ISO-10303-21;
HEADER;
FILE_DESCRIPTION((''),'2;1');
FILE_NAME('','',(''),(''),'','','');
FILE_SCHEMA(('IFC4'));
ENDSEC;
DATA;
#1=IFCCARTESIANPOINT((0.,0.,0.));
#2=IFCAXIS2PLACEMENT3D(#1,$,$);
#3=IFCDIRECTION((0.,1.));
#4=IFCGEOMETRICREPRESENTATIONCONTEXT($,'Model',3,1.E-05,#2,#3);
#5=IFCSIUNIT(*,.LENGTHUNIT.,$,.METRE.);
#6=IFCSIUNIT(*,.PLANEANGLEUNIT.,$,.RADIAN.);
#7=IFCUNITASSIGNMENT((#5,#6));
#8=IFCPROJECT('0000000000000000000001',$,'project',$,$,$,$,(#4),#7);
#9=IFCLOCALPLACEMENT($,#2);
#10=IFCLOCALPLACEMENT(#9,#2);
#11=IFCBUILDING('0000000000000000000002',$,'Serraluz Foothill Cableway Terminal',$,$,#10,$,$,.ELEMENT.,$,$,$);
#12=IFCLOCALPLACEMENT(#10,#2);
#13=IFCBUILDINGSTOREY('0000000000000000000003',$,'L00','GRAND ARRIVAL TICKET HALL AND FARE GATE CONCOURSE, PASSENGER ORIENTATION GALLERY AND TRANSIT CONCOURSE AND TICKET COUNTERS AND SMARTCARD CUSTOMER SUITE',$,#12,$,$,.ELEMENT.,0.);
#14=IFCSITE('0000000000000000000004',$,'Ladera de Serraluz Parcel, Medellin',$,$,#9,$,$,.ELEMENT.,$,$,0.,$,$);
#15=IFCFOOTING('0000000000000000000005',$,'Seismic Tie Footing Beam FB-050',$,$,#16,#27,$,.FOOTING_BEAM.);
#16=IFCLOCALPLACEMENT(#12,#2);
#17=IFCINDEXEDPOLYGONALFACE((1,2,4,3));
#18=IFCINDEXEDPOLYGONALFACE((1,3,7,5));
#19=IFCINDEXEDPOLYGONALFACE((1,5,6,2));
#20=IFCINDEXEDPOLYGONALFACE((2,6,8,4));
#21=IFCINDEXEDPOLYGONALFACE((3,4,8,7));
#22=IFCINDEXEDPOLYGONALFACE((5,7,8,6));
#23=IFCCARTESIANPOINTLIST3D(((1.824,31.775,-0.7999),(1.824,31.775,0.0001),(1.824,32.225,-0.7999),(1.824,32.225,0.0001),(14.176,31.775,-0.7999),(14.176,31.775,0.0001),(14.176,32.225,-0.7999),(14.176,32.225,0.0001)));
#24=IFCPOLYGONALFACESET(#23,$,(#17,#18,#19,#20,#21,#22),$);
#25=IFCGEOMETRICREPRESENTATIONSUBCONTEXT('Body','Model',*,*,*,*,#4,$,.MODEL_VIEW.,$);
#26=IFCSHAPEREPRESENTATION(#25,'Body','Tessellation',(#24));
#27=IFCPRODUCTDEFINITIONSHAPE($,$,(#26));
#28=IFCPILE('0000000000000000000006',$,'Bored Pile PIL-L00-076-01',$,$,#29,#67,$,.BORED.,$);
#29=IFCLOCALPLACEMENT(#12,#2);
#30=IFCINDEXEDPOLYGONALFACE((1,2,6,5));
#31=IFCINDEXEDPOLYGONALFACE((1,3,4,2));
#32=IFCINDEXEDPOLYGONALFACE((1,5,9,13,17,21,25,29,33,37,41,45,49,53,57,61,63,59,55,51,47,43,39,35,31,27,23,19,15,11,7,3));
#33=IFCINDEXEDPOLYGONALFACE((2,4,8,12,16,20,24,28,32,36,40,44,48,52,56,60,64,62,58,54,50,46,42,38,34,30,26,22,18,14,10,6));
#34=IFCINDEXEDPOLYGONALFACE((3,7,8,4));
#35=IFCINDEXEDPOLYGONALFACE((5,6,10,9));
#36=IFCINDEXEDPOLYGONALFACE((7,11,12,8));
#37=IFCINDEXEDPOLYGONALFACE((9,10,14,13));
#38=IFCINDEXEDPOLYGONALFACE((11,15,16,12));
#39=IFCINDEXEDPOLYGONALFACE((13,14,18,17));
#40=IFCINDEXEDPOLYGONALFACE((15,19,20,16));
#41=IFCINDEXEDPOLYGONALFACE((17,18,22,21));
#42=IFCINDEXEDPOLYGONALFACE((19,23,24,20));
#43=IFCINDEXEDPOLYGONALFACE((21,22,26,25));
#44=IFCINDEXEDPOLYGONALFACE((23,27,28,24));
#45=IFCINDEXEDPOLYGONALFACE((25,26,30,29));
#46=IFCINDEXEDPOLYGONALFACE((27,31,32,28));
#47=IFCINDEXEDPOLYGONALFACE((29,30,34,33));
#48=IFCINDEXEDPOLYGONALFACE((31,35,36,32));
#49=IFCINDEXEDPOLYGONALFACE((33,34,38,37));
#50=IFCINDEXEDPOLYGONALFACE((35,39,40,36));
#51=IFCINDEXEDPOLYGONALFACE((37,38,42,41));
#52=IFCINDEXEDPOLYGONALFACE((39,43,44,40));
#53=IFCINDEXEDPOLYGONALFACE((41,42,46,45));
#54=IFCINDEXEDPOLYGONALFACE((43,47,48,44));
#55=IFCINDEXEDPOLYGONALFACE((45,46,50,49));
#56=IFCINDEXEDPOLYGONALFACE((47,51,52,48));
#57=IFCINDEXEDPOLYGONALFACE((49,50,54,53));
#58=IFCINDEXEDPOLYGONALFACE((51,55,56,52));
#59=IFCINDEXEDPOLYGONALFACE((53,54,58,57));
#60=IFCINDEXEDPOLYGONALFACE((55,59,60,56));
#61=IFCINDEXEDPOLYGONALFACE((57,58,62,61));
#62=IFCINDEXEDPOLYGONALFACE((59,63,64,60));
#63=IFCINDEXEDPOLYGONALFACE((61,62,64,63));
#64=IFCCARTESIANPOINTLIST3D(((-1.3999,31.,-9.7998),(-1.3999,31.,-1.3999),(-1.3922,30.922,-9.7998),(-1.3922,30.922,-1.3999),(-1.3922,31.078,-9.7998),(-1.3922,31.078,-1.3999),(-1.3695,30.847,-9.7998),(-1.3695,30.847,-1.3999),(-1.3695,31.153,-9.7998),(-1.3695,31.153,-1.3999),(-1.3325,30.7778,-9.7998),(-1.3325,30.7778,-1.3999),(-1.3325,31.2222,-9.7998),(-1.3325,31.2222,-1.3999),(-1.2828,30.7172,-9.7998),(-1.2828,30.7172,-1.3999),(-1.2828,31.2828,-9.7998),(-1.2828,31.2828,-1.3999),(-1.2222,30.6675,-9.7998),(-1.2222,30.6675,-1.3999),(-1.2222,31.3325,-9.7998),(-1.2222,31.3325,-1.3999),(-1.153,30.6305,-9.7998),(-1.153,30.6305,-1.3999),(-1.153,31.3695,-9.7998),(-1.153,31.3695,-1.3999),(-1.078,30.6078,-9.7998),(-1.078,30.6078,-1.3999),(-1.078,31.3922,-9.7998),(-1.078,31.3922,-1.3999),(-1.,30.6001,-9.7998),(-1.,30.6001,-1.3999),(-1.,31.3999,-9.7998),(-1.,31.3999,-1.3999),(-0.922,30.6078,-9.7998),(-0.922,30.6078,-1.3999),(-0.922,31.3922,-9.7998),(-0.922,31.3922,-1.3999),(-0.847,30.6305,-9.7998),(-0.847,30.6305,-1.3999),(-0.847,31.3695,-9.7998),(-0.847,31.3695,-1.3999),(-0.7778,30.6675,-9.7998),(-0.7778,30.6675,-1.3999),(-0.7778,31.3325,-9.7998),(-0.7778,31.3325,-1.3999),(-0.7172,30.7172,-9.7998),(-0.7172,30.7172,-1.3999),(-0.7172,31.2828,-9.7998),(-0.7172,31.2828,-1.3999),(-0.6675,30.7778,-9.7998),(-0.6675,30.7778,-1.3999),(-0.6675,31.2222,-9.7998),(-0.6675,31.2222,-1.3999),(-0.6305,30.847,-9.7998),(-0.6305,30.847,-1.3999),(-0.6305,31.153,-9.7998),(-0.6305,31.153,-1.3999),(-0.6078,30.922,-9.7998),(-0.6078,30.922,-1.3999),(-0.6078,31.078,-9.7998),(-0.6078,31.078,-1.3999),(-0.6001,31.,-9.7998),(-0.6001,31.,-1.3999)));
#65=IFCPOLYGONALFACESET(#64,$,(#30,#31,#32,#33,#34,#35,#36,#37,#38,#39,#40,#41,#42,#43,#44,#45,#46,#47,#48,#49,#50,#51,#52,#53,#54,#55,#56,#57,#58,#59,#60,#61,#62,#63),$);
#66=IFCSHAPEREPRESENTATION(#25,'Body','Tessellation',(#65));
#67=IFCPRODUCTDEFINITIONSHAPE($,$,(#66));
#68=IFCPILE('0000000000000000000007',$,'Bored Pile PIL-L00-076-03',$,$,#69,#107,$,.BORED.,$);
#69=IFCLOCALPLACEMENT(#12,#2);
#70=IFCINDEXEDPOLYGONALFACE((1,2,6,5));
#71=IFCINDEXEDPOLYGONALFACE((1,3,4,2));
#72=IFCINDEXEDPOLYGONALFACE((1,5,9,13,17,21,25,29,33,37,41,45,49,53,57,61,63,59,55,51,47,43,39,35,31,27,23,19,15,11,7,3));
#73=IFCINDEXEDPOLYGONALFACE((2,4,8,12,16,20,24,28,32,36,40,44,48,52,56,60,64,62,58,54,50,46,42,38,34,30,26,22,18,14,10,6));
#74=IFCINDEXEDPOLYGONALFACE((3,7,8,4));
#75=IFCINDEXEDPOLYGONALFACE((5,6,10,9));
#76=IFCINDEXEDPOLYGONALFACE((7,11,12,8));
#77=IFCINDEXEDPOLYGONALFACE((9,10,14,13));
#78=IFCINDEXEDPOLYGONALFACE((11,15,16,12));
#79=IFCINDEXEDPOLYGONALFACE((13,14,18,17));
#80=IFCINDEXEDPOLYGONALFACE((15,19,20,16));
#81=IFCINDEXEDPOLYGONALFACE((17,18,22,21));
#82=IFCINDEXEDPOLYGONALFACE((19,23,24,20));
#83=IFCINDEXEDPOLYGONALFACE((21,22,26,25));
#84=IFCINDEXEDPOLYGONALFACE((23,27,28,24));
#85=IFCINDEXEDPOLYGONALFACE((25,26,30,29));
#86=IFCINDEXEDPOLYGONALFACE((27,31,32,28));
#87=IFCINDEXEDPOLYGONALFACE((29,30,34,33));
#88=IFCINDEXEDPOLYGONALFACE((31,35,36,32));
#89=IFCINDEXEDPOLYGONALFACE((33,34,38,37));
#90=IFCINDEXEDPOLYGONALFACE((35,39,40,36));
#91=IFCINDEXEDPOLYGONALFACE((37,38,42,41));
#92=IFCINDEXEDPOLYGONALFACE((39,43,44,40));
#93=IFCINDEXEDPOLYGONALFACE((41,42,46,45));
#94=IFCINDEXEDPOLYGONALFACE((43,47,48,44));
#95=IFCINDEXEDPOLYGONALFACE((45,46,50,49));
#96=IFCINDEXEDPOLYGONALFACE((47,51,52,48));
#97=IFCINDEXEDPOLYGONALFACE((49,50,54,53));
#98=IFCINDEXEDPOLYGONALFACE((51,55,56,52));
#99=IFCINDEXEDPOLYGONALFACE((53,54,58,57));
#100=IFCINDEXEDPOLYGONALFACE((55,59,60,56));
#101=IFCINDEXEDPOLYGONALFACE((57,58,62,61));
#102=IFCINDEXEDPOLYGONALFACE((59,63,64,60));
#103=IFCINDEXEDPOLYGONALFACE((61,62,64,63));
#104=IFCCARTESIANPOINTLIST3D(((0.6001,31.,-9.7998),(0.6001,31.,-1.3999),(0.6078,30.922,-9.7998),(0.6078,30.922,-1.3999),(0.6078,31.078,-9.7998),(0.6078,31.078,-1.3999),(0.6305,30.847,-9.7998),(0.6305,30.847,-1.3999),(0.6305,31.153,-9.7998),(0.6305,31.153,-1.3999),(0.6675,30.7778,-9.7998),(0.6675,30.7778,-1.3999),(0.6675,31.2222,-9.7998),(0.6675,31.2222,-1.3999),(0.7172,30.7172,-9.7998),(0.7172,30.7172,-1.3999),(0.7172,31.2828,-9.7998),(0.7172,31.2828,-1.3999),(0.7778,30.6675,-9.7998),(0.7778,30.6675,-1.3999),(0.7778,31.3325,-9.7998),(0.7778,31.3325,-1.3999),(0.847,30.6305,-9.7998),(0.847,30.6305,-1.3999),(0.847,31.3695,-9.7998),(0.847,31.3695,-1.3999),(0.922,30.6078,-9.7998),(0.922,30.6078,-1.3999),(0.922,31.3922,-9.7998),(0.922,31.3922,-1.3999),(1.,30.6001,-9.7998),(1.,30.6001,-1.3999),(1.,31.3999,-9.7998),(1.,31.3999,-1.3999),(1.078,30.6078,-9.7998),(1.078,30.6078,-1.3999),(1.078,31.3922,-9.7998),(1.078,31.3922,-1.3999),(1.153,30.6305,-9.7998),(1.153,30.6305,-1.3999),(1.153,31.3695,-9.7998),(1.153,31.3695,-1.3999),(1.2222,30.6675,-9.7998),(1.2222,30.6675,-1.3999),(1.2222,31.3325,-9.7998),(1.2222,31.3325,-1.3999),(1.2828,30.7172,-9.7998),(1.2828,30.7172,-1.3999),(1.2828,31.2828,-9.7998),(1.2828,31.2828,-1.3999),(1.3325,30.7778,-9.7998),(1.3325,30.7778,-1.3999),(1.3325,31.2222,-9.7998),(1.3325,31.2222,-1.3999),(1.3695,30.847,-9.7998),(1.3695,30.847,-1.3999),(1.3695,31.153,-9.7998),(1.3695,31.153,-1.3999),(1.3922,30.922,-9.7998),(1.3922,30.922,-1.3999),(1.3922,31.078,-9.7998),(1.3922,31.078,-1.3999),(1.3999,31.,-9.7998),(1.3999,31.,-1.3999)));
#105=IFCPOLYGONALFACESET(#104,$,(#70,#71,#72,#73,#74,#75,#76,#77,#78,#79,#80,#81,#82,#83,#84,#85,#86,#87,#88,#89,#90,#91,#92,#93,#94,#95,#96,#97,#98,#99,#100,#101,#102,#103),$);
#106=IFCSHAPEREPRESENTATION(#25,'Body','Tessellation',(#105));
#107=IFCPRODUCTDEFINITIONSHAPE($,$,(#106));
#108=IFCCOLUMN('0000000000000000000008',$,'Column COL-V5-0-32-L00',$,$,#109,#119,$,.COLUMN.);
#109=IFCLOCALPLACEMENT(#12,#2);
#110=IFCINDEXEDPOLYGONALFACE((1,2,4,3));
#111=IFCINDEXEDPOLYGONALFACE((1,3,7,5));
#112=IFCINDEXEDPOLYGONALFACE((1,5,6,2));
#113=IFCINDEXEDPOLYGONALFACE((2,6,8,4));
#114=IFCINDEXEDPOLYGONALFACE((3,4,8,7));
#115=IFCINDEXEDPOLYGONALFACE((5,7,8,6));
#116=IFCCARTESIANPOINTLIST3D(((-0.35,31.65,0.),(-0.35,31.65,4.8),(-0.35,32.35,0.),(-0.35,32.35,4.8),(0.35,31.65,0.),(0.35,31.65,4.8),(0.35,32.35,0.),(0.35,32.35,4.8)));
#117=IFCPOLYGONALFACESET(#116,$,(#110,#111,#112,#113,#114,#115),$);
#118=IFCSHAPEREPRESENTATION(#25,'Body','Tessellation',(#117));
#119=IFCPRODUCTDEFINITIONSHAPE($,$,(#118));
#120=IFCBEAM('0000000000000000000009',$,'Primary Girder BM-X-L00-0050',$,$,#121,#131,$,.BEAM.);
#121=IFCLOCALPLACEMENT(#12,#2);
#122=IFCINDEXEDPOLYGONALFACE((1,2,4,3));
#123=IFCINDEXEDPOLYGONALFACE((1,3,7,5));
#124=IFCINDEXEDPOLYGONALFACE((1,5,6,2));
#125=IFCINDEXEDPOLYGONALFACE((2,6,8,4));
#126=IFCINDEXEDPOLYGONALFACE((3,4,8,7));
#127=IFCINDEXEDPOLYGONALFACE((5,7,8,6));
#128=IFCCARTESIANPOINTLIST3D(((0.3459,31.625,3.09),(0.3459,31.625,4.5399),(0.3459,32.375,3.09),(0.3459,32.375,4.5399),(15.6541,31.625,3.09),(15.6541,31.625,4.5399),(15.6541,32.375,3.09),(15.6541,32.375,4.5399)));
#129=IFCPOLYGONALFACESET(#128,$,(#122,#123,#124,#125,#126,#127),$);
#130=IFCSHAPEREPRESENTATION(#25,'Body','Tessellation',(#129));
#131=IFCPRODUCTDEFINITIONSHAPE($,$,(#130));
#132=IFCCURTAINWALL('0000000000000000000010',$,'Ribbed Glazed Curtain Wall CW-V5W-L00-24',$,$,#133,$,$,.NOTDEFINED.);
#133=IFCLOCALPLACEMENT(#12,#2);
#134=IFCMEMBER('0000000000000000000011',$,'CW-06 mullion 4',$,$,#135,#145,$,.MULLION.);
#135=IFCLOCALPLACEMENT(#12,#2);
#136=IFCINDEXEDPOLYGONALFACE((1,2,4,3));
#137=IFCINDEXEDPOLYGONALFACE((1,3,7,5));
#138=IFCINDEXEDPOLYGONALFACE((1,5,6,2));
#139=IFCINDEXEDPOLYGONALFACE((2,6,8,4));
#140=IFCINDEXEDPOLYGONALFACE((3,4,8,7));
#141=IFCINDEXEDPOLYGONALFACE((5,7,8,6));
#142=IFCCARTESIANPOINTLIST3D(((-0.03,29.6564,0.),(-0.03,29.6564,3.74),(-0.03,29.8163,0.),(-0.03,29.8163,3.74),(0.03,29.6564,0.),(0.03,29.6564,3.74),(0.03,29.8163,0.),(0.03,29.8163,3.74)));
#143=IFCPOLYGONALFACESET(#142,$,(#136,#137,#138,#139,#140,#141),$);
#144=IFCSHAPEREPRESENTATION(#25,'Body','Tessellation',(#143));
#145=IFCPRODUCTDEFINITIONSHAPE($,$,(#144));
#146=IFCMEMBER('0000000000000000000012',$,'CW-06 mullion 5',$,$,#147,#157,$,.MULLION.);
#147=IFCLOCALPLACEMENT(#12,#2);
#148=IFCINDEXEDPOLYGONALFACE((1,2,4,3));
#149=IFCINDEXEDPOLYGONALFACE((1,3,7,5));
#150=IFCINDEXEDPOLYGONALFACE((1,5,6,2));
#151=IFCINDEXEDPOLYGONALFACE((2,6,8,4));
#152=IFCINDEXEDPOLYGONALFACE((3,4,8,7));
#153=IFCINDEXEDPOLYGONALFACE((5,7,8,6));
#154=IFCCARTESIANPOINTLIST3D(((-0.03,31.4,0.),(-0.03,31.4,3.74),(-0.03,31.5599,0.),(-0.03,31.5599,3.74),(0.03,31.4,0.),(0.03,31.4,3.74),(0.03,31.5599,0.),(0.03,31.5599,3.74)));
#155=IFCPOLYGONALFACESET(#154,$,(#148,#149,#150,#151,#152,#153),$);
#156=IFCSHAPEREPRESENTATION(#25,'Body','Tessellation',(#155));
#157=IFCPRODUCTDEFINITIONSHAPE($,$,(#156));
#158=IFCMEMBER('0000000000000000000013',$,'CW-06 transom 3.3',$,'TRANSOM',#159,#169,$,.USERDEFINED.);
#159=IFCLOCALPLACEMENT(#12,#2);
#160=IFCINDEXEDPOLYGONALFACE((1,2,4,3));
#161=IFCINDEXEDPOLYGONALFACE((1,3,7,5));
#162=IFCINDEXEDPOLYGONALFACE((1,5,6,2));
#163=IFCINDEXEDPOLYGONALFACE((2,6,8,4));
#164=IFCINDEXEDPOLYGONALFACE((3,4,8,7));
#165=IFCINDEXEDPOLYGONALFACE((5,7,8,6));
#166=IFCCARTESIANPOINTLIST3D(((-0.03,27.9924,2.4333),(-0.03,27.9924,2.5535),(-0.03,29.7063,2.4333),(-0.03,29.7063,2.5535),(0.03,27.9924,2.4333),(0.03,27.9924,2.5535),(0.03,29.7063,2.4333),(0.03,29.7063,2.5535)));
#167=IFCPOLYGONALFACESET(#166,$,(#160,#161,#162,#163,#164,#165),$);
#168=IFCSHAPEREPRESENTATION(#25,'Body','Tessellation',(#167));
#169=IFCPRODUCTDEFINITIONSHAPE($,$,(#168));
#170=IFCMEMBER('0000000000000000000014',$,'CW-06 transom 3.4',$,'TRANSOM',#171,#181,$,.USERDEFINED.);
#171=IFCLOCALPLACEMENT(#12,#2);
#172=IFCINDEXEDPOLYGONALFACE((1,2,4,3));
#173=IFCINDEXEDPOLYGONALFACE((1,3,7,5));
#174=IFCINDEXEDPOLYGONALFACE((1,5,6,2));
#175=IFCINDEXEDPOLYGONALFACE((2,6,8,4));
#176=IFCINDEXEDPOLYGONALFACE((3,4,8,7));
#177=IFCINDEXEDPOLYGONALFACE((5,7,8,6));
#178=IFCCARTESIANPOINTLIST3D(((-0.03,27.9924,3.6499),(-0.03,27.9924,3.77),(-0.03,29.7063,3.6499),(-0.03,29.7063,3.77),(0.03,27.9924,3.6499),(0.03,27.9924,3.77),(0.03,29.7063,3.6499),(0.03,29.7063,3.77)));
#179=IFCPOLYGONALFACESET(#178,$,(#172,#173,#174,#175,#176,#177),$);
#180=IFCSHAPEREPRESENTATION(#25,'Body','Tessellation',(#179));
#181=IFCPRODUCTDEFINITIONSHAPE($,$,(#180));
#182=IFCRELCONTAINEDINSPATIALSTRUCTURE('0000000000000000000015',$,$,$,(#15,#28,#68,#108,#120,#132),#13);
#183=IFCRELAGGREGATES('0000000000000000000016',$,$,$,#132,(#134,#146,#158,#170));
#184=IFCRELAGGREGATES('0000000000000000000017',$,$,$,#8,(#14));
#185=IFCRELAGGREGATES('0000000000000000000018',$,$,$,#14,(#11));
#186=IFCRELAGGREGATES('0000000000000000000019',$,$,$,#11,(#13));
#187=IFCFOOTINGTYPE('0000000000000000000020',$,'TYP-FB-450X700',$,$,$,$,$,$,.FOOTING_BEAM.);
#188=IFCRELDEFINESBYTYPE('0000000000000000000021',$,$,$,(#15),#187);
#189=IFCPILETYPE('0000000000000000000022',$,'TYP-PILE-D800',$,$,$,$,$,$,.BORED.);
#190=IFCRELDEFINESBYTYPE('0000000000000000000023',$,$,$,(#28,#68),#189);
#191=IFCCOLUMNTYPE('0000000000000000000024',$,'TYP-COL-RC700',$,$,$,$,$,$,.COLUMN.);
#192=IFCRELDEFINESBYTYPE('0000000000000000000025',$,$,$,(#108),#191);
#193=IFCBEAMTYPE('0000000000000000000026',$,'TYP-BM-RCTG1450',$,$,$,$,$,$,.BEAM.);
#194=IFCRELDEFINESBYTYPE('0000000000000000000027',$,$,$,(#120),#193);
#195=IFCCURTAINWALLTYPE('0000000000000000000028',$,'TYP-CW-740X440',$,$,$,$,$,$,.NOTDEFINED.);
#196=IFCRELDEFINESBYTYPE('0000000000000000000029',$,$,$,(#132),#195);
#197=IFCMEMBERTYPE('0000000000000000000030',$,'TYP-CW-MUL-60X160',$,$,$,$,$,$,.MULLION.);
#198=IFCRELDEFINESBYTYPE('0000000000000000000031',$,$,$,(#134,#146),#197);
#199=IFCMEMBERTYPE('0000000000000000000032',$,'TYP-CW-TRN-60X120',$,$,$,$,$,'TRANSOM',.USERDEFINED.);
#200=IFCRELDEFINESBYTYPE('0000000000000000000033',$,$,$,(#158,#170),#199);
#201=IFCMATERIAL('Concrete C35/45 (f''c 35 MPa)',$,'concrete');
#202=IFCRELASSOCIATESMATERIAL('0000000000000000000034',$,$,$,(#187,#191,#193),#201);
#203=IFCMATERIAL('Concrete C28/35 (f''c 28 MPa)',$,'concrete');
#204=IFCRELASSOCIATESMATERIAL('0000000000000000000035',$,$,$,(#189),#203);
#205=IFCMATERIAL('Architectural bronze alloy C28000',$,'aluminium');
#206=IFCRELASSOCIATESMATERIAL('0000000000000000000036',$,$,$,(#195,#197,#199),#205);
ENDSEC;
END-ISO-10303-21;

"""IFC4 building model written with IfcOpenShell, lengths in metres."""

from ifc_helpers import new_model, si_unit, direction, frame, origin, origin_2d, place, context, subcontext, project, spatial, rectangle, circle, extrude, material, material_profile, profile_set, type_object, element, aggregate, save


model = new_model("IFC4")

# Units and contexts
model_context = context("Model", 3, precision=1e-05, world=origin(), true_north=direction((0.0, 1.0)))
body_context = subcontext(model_context, "Body", "Model", "MODEL_VIEW")
ifc_project = project(units=[si_unit("LENGTHUNIT", "METRE"), si_unit("PLANEANGLEUNIT", "RADIAN")], contexts=[model_context])

# Site, building, storey
site_placement = place(None, origin())
site = spatial("IfcSite", under=ifc_project, at=site_placement, Name="Ladera de Serraluz Parcel, Medellin", CompositionType="ELEMENT", RefElevation=0.0)
building_placement = place(site_placement, origin())
building = spatial("IfcBuilding", under=site, at=building_placement, Name="Serraluz Foothill Cableway Terminal", CompositionType="ELEMENT")
storey_placement = place(building_placement, origin())
storey = spatial("IfcBuildingStorey", under=building, at=storey_placement, Name="L00", Description="GRAND ARRIVAL TICKET HALL AND FARE GATE CONCOURSE, PASSENGER ORIENTATION GALLERY AND TRANSIT CONCOURSE AND TICKET COUNTERS AND SMARTCARD CUSTOMER SUITE", CompositionType="ELEMENT", Elevation=0.0)

# Footing
ifc_material_1 = material(Name="Concrete C35/45 (f'c 35 MPa)", Category="concrete")
ifc_material_profile_1 = material_profile(ifc_material_1, rectangle(XDim=0.45, YDim=0.8, at=origin_2d()), Name="RC 450x800")
ifc_profile_set_1 = profile_set([ifc_material_profile_1], Name="Concrete C35/45 (f'c 35 MPa)")
footing_type = type_object("IfcFootingType", Name="TYP-FB-450X700", PredefinedType="FOOTING_BEAM", material=ifc_profile_set_1)
footing_placement = place(storey_placement, frame((1.824, 32.0, -0.3999), z_axis=(1.0, 0.0, 0.0), x_axis=(0.0, 1.0, 0.0)))
element("IfcFooting", 1, at=footing_placement, inside=storey, type_object=footing_type, Name="Seismic Tie Footing Beam FB-050", PredefinedType="FOOTING_BEAM", context=body_context, shape_type="SweptSolid", body=[
    extrude(rectangle(XDim=0.45, YDim=0.8, at=origin_2d()), origin(), (0.0, 0.0, 1.0), 12.3521),
])

# Piles
ifc_material_2 = material(Name="Concrete C28/35 (f'c 28 MPa)", Category="concrete")
ifc_material_profile_2 = material_profile(ifc_material_2, circle(Radius=0.3999, at=origin_2d()), Name="BORED PILE D800")
ifc_profile_set_2 = profile_set([ifc_material_profile_2], Name="Concrete C28/35 (f'c 28 MPa)")
pile_type = type_object("IfcPileType", Name="TYP-PILE-D800", PredefinedType="BORED", material=ifc_profile_set_2)
for number, where, z_axis, x_axis, name in (
    (2, (-1.0, 31.0, -1.3999), (0.0, 0.0, -1.0), (1.0, 0.0, 0.0), "Bored Pile PIL-L00-076-01"),
    (3, (1.0, 31.0, -1.3999), (0.0, 0.0, -1.0), (1.0, 0.0, 0.0), "Bored Pile PIL-L00-076-03"),
):
    element("IfcPile", number, at=place(storey_placement, frame(where, z_axis=z_axis, x_axis=x_axis)), inside=storey, type_object=pile_type, Name=name, PredefinedType="BORED", context=body_context, shape_type="SweptSolid", body=[
        extrude(circle(Radius=0.3999, at=origin_2d()), origin(), (0.0, 0.0, 1.0), 8.3999),
    ])

# Column
ifc_material_profile_3 = material_profile(ifc_material_1, rectangle(XDim=0.7, YDim=0.7, at=origin_2d()), Name="RC 700x700")
ifc_profile_set_3 = profile_set([ifc_material_profile_3], Name="Concrete C35/45 (f'c 35 MPa)")
column_type = type_object("IfcColumnType", Name="TYP-COL-RC700", PredefinedType="COLUMN", material=ifc_profile_set_3)
column_placement = place(storey_placement, frame((0.0, 32.0, 0.0), z_axis=(0.0, 0.0, 1.0), x_axis=(1.0, 0.0, 0.0)))
element("IfcColumn", 4, at=column_placement, inside=storey, type_object=column_type, Name="Column COL-V5-0-32-L00", PredefinedType="COLUMN", context=body_context, shape_type="SweptSolid", body=[
    extrude(rectangle(XDim=0.7, YDim=0.7, at=origin_2d()), origin(), (0.0, 0.0, 1.0), 4.8),
])

# Beam
ifc_material_profile_4 = material_profile(ifc_material_1, rectangle(XDim=0.75, YDim=1.45, at=origin_2d()), Name="RC TG 750x1450")
ifc_profile_set_4 = profile_set([ifc_material_profile_4], Name="Concrete C35/45 (f'c 35 MPa)")
beam_type_1 = type_object("IfcBeamType", Name="TYP-BM-RCTG1450", PredefinedType="BEAM", material=ifc_profile_set_4)
beam_1_placement = place(storey_placement, frame((0.3459, 32.0, 3.8149), z_axis=(1.0, 0.0, 0.0), x_axis=(0.0, 1.0, 0.0)))
element("IfcBeam", 5, at=beam_1_placement, inside=storey, type_object=beam_type_1, Name="Primary Girder BM-X-L00-0050", PredefinedType="BEAM", context=body_context, shape_type="SweptSolid", body=[
    extrude(rectangle(XDim=0.75, YDim=1.45, at=origin_2d()), origin(), (0.0, 0.0, 1.0), 15.3081),
])

# Curtain wall, members
ifc_material_3 = material(Name="Architectural bronze alloy C28000", Category="aluminium")
curtain_wall_type = type_object("IfcCurtainWallType", Name="TYP-CW-740X440", PredefinedType="NOTDEFINED", material=ifc_material_3)
curtain_wall_placement = place(storey_placement, origin())
curtain_wall = element("IfcCurtainWall", 6, at=curtain_wall_placement, inside=storey, type_object=curtain_wall_type, Name="Ribbed Glazed Curtain Wall CW-V5W-L00-24", PredefinedType="NOTDEFINED")
ifc_material_profile_5 = material_profile(ifc_material_3, rectangle(XDim=0.0601, YDim=0.1599, at=origin_2d()), Name="ALU MULLION 60x160")
ifc_profile_set_5 = profile_set([ifc_material_profile_5], Name="Architectural bronze alloy C28000")
member_type_1 = type_object("IfcMemberType", Name="TYP-CW-MUL-60X160", PredefinedType="MULLION", material=ifc_profile_set_5)
member_1_placement = place(storey_placement, frame((0.0, 29.7363, 0.0), z_axis=(0.0, 0.0, 1.0), x_axis=(-1.0, 0.0, 0.0)))
member_1 = element("IfcMember", 7, at=member_1_placement, type_object=member_type_1, Name="CW-06 mullion 4", PredefinedType="MULLION", context=body_context, shape_type="SweptSolid", body=[
    extrude(rectangle(XDim=0.0601, YDim=0.1599, at=origin_2d()), origin(), (0.0, 0.0, 1.0), 3.74),
])
member_2_placement = place(storey_placement, frame((0.0, 31.48, 0.0), z_axis=(0.0, 0.0, 1.0), x_axis=(-1.0, 0.0, 0.0)))
member_2 = element("IfcMember", 8, at=member_2_placement, type_object=member_type_1, Name="CW-06 mullion 5", PredefinedType="MULLION", context=body_context, shape_type="SweptSolid", body=[
    extrude(rectangle(XDim=0.0601, YDim=0.1599, at=origin_2d()), origin(), (0.0, 0.0, 1.0), 3.74),
])
ifc_material_profile_6 = material_profile(ifc_material_3, rectangle(XDim=0.0601, YDim=0.1201, at=origin_2d()), Name="ALU TRANSOM 60x120")
ifc_profile_set_6 = profile_set([ifc_material_profile_6], Name="Architectural bronze alloy C28000")
member_type_2 = type_object("IfcMemberType", Name="TYP-CW-TRN-60X120", ElementType="TRANSOM", PredefinedType="USERDEFINED", material=ifc_profile_set_6)
member_3_placement = place(storey_placement, frame((0.0, 27.9924, 2.4934), z_axis=(0.0, 1.0, 0.0), x_axis=(-1.0, 0.0, 0.0)))
member_3 = element("IfcMember", 9, at=member_3_placement, type_object=member_type_2, Name="CW-06 transom 3.3", ObjectType="TRANSOM", PredefinedType="USERDEFINED", context=body_context, shape_type="SweptSolid", body=[
    extrude(rectangle(XDim=0.0601, YDim=0.1201, at=origin_2d()), origin(), (0.0, 0.0, 1.0), 1.7139),
])
member_4_placement = place(storey_placement, frame((0.0, 27.9924, 3.71), z_axis=(0.0, 1.0, 0.0), x_axis=(-1.0, 0.0, 0.0)))
member_4 = element("IfcMember", 10, at=member_4_placement, type_object=member_type_2, Name="CW-06 transom 3.4", ObjectType="TRANSOM", PredefinedType="USERDEFINED", context=body_context, shape_type="SweptSolid", body=[
    extrude(rectangle(XDim=0.0601, YDim=0.1201, at=origin_2d()), origin(), (0.0, 0.0, 1.0), 1.7139),
])

aggregate(curtain_wall, [member_1, member_2, member_3, member_4])

save(model, "model.ifc")
